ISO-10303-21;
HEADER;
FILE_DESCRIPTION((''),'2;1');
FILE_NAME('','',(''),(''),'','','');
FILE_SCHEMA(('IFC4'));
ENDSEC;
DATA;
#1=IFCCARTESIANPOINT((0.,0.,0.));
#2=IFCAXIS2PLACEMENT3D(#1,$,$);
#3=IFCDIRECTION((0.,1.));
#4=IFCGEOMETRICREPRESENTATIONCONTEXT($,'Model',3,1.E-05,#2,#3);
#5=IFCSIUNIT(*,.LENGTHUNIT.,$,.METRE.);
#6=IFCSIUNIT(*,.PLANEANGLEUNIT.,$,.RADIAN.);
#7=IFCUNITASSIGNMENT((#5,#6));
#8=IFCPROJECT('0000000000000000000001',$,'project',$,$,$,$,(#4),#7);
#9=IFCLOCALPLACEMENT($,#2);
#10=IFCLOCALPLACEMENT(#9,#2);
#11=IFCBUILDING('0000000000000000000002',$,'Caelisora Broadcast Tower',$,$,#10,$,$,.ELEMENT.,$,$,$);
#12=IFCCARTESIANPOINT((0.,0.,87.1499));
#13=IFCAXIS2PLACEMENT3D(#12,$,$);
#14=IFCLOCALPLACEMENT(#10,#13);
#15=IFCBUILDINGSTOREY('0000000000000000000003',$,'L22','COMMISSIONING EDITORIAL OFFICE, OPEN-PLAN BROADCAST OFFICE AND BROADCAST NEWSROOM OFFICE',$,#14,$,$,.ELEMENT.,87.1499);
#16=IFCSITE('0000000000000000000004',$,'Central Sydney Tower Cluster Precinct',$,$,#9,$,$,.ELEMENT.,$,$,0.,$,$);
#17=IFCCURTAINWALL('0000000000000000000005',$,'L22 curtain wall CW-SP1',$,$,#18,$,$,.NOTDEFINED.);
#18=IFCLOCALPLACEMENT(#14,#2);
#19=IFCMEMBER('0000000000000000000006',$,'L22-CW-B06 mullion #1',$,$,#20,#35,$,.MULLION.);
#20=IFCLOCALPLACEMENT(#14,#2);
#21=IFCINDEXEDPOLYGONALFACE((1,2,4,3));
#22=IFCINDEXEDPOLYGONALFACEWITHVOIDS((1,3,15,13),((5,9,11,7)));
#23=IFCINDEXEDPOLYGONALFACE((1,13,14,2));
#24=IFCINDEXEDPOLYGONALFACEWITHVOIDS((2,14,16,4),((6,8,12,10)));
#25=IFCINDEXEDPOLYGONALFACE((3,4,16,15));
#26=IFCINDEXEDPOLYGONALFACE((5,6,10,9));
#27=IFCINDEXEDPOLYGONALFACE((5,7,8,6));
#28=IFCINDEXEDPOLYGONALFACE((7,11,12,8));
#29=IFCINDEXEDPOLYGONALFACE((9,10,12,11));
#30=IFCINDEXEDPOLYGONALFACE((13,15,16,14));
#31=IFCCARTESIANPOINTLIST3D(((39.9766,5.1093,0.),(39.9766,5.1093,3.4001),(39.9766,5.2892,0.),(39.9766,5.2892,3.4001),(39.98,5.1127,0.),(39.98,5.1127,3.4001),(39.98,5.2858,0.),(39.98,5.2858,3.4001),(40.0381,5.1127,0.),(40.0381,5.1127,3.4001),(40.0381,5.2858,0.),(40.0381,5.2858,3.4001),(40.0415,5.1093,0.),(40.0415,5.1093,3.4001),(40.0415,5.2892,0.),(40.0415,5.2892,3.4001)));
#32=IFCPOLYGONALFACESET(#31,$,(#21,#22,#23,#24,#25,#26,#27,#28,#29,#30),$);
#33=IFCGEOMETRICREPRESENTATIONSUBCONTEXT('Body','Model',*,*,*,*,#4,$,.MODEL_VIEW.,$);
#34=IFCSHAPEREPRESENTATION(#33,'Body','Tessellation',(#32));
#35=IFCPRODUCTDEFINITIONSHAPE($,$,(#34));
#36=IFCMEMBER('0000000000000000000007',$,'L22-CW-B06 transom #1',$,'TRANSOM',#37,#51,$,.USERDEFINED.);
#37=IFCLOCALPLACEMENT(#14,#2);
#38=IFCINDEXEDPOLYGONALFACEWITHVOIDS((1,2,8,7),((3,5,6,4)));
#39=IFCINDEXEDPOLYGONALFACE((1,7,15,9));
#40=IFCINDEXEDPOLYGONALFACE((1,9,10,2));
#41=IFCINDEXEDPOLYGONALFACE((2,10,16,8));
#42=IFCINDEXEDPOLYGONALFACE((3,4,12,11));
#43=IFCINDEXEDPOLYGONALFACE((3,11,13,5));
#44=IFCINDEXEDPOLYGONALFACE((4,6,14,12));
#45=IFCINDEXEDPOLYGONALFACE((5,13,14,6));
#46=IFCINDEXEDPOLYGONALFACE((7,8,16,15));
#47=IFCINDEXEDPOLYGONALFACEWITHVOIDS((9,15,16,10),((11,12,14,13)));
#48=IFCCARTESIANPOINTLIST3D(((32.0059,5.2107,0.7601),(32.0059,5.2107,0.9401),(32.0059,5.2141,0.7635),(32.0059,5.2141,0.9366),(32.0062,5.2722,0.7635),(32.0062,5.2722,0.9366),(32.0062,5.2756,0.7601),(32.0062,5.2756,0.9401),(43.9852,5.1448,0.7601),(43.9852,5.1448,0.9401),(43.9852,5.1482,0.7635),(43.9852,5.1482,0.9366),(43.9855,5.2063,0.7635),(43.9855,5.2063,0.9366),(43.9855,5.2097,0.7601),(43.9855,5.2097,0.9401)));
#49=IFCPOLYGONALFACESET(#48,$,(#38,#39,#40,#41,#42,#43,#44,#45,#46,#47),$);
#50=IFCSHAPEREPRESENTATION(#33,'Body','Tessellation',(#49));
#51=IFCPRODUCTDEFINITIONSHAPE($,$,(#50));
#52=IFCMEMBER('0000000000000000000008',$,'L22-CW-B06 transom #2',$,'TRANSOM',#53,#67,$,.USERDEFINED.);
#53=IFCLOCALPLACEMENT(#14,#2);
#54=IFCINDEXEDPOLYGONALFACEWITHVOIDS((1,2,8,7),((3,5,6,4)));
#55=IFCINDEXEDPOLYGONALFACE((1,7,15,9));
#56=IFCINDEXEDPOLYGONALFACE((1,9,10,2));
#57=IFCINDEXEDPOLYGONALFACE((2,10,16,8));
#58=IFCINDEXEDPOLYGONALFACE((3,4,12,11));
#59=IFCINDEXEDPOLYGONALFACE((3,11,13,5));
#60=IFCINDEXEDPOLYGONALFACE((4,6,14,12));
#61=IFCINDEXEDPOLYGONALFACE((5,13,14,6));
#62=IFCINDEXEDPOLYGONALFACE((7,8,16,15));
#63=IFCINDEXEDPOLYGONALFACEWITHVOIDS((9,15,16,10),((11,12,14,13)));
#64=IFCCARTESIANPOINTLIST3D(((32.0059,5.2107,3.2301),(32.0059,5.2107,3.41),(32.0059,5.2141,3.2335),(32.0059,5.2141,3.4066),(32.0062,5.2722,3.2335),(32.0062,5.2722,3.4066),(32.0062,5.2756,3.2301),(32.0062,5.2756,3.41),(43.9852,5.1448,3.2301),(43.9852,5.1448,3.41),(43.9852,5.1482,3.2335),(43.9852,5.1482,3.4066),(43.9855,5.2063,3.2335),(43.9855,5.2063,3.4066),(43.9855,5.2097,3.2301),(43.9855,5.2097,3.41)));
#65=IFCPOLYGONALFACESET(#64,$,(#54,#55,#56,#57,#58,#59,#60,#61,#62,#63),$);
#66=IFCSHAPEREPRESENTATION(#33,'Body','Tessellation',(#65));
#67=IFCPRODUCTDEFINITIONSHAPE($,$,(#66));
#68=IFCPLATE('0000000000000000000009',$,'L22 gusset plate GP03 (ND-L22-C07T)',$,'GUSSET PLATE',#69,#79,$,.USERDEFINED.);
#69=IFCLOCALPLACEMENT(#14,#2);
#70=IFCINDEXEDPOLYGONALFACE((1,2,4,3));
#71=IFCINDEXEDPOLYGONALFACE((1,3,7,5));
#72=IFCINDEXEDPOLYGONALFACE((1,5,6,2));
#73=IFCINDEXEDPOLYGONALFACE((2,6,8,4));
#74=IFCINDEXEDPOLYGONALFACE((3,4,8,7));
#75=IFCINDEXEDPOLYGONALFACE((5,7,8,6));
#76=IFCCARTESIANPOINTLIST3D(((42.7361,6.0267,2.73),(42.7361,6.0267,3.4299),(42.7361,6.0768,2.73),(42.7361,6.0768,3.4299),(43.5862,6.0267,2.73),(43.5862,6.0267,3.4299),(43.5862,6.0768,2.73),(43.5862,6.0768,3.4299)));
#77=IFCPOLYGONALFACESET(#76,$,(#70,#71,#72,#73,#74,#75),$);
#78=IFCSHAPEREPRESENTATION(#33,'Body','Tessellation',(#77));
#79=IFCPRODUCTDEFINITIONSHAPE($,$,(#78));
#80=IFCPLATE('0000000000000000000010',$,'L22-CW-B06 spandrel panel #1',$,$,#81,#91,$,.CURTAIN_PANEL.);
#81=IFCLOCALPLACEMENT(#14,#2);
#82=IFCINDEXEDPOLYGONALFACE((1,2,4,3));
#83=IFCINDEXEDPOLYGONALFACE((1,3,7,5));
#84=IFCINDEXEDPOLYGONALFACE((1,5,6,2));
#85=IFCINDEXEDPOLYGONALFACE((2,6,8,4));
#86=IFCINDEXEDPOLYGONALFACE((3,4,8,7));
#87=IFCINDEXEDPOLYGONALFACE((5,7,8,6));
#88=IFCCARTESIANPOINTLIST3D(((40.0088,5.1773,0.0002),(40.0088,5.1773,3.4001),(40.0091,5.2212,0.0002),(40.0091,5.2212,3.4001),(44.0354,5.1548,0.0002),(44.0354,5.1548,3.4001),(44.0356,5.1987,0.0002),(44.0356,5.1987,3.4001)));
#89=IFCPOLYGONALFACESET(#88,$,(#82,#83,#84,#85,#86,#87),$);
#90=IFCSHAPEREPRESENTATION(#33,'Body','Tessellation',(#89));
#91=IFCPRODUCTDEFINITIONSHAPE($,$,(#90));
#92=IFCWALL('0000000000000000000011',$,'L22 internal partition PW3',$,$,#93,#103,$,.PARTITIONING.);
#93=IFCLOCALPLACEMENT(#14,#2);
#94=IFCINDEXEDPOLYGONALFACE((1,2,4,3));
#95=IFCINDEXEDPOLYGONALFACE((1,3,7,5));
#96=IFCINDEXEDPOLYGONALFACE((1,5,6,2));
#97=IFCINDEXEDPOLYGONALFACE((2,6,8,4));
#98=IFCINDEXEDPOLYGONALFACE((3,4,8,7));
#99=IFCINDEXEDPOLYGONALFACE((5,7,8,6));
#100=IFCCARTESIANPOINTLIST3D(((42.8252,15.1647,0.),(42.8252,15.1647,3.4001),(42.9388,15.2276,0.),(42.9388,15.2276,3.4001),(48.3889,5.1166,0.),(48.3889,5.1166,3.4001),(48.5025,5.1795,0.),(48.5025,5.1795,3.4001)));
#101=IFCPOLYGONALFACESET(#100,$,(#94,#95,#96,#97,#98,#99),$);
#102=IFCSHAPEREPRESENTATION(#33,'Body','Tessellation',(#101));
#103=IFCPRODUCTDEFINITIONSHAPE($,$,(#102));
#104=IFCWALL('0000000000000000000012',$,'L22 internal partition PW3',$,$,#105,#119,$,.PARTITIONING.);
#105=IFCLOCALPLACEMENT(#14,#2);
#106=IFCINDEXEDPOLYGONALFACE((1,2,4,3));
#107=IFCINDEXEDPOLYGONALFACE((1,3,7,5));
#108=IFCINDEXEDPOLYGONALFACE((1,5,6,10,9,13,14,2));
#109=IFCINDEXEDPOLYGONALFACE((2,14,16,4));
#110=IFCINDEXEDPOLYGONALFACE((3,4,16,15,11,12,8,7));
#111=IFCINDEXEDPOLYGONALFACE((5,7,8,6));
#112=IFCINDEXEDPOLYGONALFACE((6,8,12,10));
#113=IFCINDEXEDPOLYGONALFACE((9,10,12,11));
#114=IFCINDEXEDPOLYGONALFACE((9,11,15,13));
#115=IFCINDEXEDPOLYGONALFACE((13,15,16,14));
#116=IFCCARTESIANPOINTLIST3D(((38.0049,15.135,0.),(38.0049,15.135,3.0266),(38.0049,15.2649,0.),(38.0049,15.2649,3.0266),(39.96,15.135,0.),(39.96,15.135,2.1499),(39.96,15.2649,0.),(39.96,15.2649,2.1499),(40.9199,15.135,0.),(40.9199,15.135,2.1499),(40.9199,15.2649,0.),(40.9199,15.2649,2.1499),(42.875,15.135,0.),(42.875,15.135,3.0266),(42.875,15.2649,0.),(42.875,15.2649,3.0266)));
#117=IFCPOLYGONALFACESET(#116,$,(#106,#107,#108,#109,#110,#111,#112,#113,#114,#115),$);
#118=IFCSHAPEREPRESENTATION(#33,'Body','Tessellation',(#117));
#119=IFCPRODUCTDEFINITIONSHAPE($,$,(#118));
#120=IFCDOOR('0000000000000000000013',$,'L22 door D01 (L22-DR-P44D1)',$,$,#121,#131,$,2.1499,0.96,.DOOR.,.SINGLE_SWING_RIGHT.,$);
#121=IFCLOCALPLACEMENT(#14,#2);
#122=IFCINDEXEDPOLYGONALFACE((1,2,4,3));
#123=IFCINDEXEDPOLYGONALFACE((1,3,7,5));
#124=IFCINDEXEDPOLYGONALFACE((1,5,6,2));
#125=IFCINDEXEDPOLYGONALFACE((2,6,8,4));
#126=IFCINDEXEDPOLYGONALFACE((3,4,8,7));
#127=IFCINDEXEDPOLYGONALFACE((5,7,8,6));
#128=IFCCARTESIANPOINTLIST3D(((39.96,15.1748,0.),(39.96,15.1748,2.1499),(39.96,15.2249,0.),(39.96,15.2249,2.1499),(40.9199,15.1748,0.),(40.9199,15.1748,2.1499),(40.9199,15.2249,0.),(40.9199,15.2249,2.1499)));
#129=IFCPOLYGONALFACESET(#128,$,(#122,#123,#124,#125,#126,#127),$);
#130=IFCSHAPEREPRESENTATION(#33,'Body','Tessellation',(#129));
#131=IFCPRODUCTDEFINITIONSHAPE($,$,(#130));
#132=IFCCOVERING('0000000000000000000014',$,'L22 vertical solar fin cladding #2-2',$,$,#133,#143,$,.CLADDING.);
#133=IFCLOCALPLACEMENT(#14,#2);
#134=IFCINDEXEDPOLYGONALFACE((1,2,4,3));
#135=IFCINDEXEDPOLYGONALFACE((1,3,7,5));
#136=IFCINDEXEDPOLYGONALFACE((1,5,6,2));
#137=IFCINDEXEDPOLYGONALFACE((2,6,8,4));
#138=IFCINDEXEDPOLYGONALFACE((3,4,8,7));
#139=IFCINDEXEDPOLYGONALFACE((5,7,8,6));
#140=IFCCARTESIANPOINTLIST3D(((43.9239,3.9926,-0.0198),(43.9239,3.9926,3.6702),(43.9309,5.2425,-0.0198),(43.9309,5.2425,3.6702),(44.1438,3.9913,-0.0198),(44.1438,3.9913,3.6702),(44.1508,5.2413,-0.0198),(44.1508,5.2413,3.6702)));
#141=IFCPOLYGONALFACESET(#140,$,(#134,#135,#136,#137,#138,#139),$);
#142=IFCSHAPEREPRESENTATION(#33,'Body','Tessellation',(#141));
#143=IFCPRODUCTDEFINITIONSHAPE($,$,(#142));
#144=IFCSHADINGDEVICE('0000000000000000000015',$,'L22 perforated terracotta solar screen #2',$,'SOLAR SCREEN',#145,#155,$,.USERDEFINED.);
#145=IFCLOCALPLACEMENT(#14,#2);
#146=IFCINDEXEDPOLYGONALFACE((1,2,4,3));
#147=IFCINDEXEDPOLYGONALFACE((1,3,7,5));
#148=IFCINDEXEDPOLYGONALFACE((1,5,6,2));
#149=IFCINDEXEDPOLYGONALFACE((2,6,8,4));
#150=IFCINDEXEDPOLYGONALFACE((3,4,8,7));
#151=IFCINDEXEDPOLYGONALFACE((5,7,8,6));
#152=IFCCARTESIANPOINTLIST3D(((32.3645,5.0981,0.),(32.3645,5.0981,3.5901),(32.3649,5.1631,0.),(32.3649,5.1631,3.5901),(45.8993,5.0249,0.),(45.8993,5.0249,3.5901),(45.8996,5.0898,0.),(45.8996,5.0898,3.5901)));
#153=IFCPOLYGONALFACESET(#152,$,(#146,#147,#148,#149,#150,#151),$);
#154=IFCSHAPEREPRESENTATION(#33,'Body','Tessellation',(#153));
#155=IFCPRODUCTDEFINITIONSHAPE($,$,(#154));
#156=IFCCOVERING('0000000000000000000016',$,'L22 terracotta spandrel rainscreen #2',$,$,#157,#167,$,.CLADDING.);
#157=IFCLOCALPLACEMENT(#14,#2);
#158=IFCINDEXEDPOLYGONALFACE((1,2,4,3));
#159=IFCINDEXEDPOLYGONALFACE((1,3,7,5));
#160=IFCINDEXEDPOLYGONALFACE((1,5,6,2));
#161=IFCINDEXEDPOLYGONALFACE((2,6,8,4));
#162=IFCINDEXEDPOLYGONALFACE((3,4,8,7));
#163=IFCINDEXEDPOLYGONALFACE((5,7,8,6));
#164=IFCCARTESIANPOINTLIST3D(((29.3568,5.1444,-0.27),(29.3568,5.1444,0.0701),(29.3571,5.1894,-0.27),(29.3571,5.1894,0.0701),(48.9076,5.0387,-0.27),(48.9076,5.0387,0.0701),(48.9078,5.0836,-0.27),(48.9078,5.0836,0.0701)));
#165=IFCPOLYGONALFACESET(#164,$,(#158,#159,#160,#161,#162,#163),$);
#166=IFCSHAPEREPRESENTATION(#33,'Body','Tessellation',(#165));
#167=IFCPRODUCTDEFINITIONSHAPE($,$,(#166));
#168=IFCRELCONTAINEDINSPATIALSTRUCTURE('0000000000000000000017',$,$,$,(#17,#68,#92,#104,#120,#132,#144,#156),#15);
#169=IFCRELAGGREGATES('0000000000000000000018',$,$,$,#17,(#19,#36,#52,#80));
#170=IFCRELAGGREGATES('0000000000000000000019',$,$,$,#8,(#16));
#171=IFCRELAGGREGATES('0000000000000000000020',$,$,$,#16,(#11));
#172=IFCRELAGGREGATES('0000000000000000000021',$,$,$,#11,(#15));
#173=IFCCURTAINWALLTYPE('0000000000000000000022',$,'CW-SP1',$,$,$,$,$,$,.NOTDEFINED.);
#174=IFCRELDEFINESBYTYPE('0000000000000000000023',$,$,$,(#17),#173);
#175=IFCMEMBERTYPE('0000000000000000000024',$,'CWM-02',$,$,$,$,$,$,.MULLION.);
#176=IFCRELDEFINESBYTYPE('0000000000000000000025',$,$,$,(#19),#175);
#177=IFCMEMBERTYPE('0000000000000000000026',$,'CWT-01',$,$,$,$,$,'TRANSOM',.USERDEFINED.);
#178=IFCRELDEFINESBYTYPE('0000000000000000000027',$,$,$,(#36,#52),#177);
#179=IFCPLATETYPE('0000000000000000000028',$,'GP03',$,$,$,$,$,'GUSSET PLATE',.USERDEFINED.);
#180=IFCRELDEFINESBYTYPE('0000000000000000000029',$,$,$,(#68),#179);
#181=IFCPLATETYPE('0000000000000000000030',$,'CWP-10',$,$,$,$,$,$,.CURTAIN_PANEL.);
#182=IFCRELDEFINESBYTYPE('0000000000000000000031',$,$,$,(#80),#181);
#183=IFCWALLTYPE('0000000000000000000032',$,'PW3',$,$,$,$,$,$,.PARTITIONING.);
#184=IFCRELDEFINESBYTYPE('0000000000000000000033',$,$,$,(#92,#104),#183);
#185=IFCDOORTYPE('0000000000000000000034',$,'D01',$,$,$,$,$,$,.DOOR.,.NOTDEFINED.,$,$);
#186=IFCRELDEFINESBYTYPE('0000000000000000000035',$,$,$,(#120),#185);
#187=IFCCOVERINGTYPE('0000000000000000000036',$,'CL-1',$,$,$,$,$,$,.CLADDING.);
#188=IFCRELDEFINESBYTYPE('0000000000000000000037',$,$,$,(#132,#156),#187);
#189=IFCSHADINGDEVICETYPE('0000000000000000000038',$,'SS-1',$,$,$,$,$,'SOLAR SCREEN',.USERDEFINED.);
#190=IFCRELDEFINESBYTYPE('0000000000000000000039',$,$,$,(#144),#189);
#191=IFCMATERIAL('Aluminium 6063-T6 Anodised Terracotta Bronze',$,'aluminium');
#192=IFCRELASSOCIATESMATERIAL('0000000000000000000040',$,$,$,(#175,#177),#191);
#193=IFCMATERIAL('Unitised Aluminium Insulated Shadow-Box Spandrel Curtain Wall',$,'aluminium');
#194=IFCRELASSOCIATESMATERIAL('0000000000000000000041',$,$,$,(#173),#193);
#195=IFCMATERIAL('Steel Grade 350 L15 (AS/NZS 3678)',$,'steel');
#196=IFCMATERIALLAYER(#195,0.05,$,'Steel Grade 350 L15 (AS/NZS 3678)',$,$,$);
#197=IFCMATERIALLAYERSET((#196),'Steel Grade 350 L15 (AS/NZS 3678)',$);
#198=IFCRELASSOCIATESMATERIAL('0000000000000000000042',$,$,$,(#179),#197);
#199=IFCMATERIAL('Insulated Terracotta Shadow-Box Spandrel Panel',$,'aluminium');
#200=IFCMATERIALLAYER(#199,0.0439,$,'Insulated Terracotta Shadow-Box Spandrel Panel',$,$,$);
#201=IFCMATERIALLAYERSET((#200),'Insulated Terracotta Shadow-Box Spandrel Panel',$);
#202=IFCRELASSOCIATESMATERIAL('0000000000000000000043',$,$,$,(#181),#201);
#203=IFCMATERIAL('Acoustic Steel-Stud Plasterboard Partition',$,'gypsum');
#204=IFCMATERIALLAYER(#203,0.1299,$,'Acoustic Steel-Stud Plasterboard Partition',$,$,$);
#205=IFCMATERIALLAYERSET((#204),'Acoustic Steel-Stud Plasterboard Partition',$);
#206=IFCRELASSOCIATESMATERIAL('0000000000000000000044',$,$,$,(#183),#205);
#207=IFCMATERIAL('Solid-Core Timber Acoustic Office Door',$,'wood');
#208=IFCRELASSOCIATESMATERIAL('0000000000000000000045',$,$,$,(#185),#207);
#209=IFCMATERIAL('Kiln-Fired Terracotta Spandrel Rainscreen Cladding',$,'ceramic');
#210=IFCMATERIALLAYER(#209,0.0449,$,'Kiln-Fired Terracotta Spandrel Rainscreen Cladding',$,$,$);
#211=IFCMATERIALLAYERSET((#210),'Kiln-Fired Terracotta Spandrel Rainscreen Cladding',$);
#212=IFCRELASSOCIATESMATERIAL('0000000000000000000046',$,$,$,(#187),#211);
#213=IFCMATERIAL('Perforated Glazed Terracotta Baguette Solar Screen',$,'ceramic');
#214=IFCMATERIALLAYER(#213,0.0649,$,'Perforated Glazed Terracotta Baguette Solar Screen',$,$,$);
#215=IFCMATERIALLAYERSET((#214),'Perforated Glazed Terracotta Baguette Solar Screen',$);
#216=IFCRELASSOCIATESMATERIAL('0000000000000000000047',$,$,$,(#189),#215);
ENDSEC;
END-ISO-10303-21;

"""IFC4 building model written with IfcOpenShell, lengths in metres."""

from ifc_helpers import new_model, si_unit, direction, frame, frame_2d, origin, origin_2d, place, context, subcontext, project, spatial, rectangle, hollow_rectangle, extrude, source, transform, mapped, material, layer, layer_set, material_profile, profile_set, type_object, type_shapes, element, fill, aggregate, save


model = new_model("IFC4")

# Units and contexts
model_context = context("Model", 3, precision=1e-05, world=origin(), true_north=direction((0.0, 1.0)))
body_context = subcontext(model_context, "Body", "Model", "MODEL_VIEW")
ifc_project = project(units=[si_unit("LENGTHUNIT", "METRE"), si_unit("PLANEANGLEUNIT", "RADIAN")], contexts=[model_context])

# Site, building, storey
site_placement = place(None, origin())
site = spatial("IfcSite", under=ifc_project, at=site_placement, Name="Central Sydney Tower Cluster Precinct", CompositionType="ELEMENT", RefElevation=0.0)
building_placement = place(site_placement, origin())
building = spatial("IfcBuilding", under=site, at=building_placement, Name="Caelisora Broadcast Tower", CompositionType="ELEMENT")
storey_placement = place(building_placement, frame((0.0, 0.0, 87.1499)))
storey = spatial("IfcBuildingStorey", under=building, at=storey_placement, Name="L22", Description="COMMISSIONING EDITORIAL OFFICE, OPEN-PLAN BROADCAST OFFICE AND BROADCAST NEWSROOM OFFICE", CompositionType="ELEMENT", Elevation=87.1499)

# Shared definitions
ifc_material_1 = material(Name="Steel Grade 350 L15 (AS/NZS 3678)", Category="steel")

# Shared definitions
ifc_material_2 = material(Name="Aluminium 6063-T6 Anodised Terracotta Bronze", Category="aluminium")
ifc_material_profile_1 = material_profile(ifc_material_2, hollow_rectangle(XDim=0.0649, YDim=0.1799, WallThickness=0.0034, at=origin_2d()), Name="Aluminium 6063-T6 Anodised Terracotta Bronze")
ifc_profile_set_1 = profile_set([ifc_material_profile_1], Name="Aluminium 6063-T6 Anodised Terracotta Bronze")
member_type_1 = type_object("IfcMemberType", Name="CWM-02", PredefinedType="MULLION", material=ifc_profile_set_1)
shared_shape_1 = source(origin(), body_context, "Body", "SweptSolid", [
    extrude(hollow_rectangle(XDim=0.0649, YDim=0.1799, WallThickness=0.0034, at=origin_2d()), origin(), (0.0, 0.0, 1.0), 3.4001),
])
type_shapes(member_type_1, [shared_shape_1])

# Curtain wall, members
ifc_material_3 = material(Name="Unitised Aluminium Insulated Shadow-Box Spandrel Curtain Wall", Category="aluminium")
curtain_wall_type_1 = type_object("IfcCurtainWallType", Name="CW-SP1", PredefinedType="NOTDEFINED", material=ifc_material_3)
curtain_wall_1_placement = place(storey_placement, origin())
curtain_wall_1 = element("IfcCurtainWall", 1, at=curtain_wall_1_placement, inside=storey, type_object=curtain_wall_type_1, Name="L22 curtain wall CW-SP1", PredefinedType="NOTDEFINED")
member_1_placement = place(storey_placement, frame((40.009, 5.1992, 0.0), z_axis=(0.0, 0.0, 1.0), x_axis=(1.0, 0.0, 0.0)))
member_1 = element("IfcMember", 2, at=member_1_placement, type_object=member_type_1, Name="L22-CW-B06 mullion #1", PredefinedType="MULLION", context=body_context, shape_type="MappedRepresentation", body=[
    mapped(shared_shape_1, transform((0.0, 0.0, 0.0), scale=1.0)),
])
ifc_material_profile_2 = material_profile(ifc_material_2, hollow_rectangle(XDim=0.0649, YDim=0.1799, WallThickness=0.0034, at=origin_2d()), Name="Aluminium 6063-T6 Anodised Terracotta Bronze")
ifc_profile_set_2 = profile_set([ifc_material_profile_2], Name="Aluminium 6063-T6 Anodised Terracotta Bronze")
member_type_2 = type_object("IfcMemberType", Name="CWT-01", ElementType="TRANSOM", PredefinedType="USERDEFINED", material=ifc_profile_set_2)
shared_shape_2 = source(origin(), body_context, "Body", "SweptSolid", [
    extrude(hollow_rectangle(XDim=0.0649, YDim=0.1799, WallThickness=0.0034, at=origin_2d()), origin(), (0.0, 0.0, 1.0), 11.9795),
])
type_shapes(member_type_2, [shared_shape_2])
member_2_placement = place(storey_placement, frame((43.9854, 5.1772, 0.8501), z_axis=(-0.999985, 0.005503, 0.0), x_axis=(-0.005503, -0.999985, 0.0)))
member_2 = element("IfcMember", 3, at=member_2_placement, type_object=member_type_2, Name="L22-CW-B06 transom #1", ObjectType="TRANSOM", PredefinedType="USERDEFINED", context=body_context, shape_type="MappedRepresentation", body=[
    mapped(shared_shape_2, transform((0.0, 0.0, 0.0), scale=1.0)),
])
member_3_placement = place(storey_placement, frame((43.9854, 5.1772, 3.3201), z_axis=(-0.999985, 0.005503, 0.0), x_axis=(-0.005503, -0.999985, 0.0)))
member_3 = element("IfcMember", 4, at=member_3_placement, type_object=member_type_2, Name="L22-CW-B06 transom #2", ObjectType="TRANSOM", PredefinedType="USERDEFINED", context=body_context, shape_type="MappedRepresentation", body=[
    mapped(shared_shape_2, transform((0.0, 0.0, 0.0), scale=1.0)),
])

# Plates
ifc_layer_1 = layer(ifc_material_1, 0.05, Name="Steel Grade 350 L15 (AS/NZS 3678)")
ifc_layer_set_1 = layer_set([ifc_layer_1], Name="Steel Grade 350 L15 (AS/NZS 3678)")
plate_type_1 = type_object("IfcPlateType", Name="GP03", ElementType="GUSSET PLATE", PredefinedType="USERDEFINED", material=ifc_layer_set_1)
shared_shape_3 = source(origin(), body_context, "Body", "SweptSolid", [
    extrude(rectangle(XDim=0.8501, YDim=0.05, at=origin_2d()), origin(), (0.0, 0.0, 1.0), 0.7),
])
type_shapes(plate_type_1, [shared_shape_3])
plate_1_placement = place(storey_placement, frame((43.1611, 6.0518, 2.73), z_axis=(0.0, 0.0, 1.0), x_axis=(1.0, 0.0, 0.0)))
element("IfcPlate", 5, at=plate_1_placement, inside=storey, type_object=plate_type_1, Name="L22 gusset plate GP03 (ND-L22-C07T)", ObjectType="GUSSET PLATE", PredefinedType="USERDEFINED", context=body_context, shape_type="MappedRepresentation", body=[
    mapped(shared_shape_3, transform((0.0, 0.0, 0.0), scale=1.0)),
])
ifc_material_4 = material(Name="Insulated Terracotta Shadow-Box Spandrel Panel", Category="aluminium")
ifc_layer_2 = layer(ifc_material_4, 0.0439, Name="Insulated Terracotta Shadow-Box Spandrel Panel")
ifc_layer_set_2 = layer_set([ifc_layer_2], Name="Insulated Terracotta Shadow-Box Spandrel Panel")
plate_type_2 = type_object("IfcPlateType", Name="CWP-10", PredefinedType="CURTAIN_PANEL", material=ifc_layer_set_2)
shared_shape_4 = source(origin(), body_context, "Body", "SweptSolid", [
    extrude(rectangle(XDim=4.0266, YDim=0.0439, at=origin_2d()), origin(), (0.0, 0.0, 1.0), 3.3999),
])
type_shapes(plate_type_2, [shared_shape_4])
plate_2_placement = place(storey_placement, frame((42.0222, 5.188, 0.0002), z_axis=(0.0, 0.0, 1.0), x_axis=(-0.999984, 0.005585, 0.0)))
plate_2 = element("IfcPlate", 6, at=plate_2_placement, type_object=plate_type_2, Name="L22-CW-B06 spandrel panel #1", PredefinedType="CURTAIN_PANEL", context=body_context, shape_type="MappedRepresentation", body=[
    mapped(shared_shape_4, transform((0.0, 0.0, 0.0), scale=1.0)),
])
aggregate(curtain_wall_1, [member_1, member_2, member_3, plate_2])

# Wall
ifc_material_5 = material(Name="Acoustic Steel-Stud Plasterboard Partition", Category="gypsum")
ifc_layer_3 = layer(ifc_material_5, 0.1299, Name="Acoustic Steel-Stud Plasterboard Partition")
ifc_layer_set_3 = layer_set([ifc_layer_3], Name="Acoustic Steel-Stud Plasterboard Partition")
wall_type = type_object("IfcWallType", Name="PW3", PredefinedType="PARTITIONING", material=ifc_layer_set_3)
wall_1_placement = place(storey_placement, frame((42.8821, 15.196, 0.0), z_axis=(0.0, 0.0, 1.0), x_axis=(0.484408, -0.874842, 0.0)))
element("IfcWall", 7, at=wall_1_placement, inside=storey, type_object=wall_type, Name="L22 internal partition PW3", PredefinedType="PARTITIONING", context=body_context, shape_type="SweptSolid", body=[
    extrude(rectangle(XDim=11.4856, YDim=0.1299, at=frame_2d((5.7427, 0.0))), origin(), (0.0, 0.0, 1.0), 3.4001),
])

# Wall, opening, door
wall_2_placement = place(storey_placement, frame((38.0049, 15.2, 0.0), z_axis=(0.0, 0.0, 1.0), x_axis=(1.0, 0.0, 0.0)))
wall_2 = element("IfcWall", 8, at=wall_2_placement, inside=storey, type_object=wall_type, Name="L22 internal partition PW3", PredefinedType="PARTITIONING", context=body_context, shape_type="SweptSolid", body=[
    extrude(rectangle(XDim=4.8701, YDim=0.1299, at=frame_2d((2.4351, 0.0))), origin(), (0.0, 0.0, 1.0), 3.0266),
])
opening_placement = place(wall_2_placement, frame((1.9551, 0.0, 0.0)))
opening = element("IfcOpeningElement", 9, at=opening_placement, cuts=wall_2, PredefinedType="OPENING", context=body_context, shape_type="SweptSolid", body=[
    extrude(rectangle(XDim=0.96, YDim=2.1499, at=frame_2d((0.48, 1.075))), frame((0.0, 0.0769, 0.0), z_axis=(0.0, -1.0, 0.0), x_axis=(1.0, 0.0, 0.0)), (0.0, 0.0, 1.0), 0.1538),
])
ifc_material_6 = material(Name="Solid-Core Timber Acoustic Office Door", Category="wood")
door_type = type_object("IfcDoorType", Name="D01", OperationType="NOTDEFINED", PredefinedType="DOOR", material=ifc_material_6)
door_placement = place(opening_placement, origin())
door = element("IfcDoor", 10, at=door_placement, inside=storey, type_object=door_type, Name="L22 door D01 (L22-DR-P44D1)", OperationType="SINGLE_SWING_RIGHT", OverallHeight=2.1499, OverallWidth=0.96, PredefinedType="DOOR", context=body_context, shape_type="SweptSolid", body=[
    extrude(rectangle(XDim=0.96, YDim=2.1499, at=frame_2d((0.48, 1.075))), frame((0.0, 0.0249, 0.0), z_axis=(0.0, -1.0, 0.0), x_axis=(1.0, 0.0, 0.0)), (0.0, 0.0, 1.0), 0.05),
])
fill(opening, door)

# Covering
ifc_material_7 = material(Name="Kiln-Fired Terracotta Spandrel Rainscreen Cladding", Category="ceramic")
ifc_layer_4 = layer(ifc_material_7, 0.0449, Name="Kiln-Fired Terracotta Spandrel Rainscreen Cladding")
ifc_layer_set_4 = layer_set([ifc_layer_4], Name="Kiln-Fired Terracotta Spandrel Rainscreen Cladding")
covering_type = type_object("IfcCoveringType", Name="CL-1", PredefinedType="CLADDING", material=ifc_layer_set_4)
shared_shape_5 = source(origin(), body_context, "Body", "SweptSolid", [
    extrude(rectangle(XDim=0.22, YDim=1.25, at=origin_2d()), origin(), (0.0, 0.0, 1.0), 3.6899),
])
covering_1_placement = place(storey_placement, frame((44.0374, 4.6169, -0.0198), z_axis=(0.0, 0.0, 1.0), x_axis=(-0.999984, 0.005585, 0.0)))
element("IfcCovering", 11, at=covering_1_placement, inside=storey, type_object=covering_type, Name="L22 vertical solar fin cladding #2-2", PredefinedType="CLADDING", context=body_context, shape_type="MappedRepresentation", body=[
    mapped(shared_shape_5, transform((0.0, 0.0, 0.0), scale=1.0)),
])

# Shading device
ifc_material_8 = material(Name="Perforated Glazed Terracotta Baguette Solar Screen", Category="ceramic")
ifc_layer_5 = layer(ifc_material_8, 0.0649, Name="Perforated Glazed Terracotta Baguette Solar Screen")
ifc_layer_set_5 = layer_set([ifc_layer_5], Name="Perforated Glazed Terracotta Baguette Solar Screen")
shading_device_type = type_object("IfcShadingDeviceType", Name="SS-1", ElementType="SOLAR SCREEN", PredefinedType="USERDEFINED", material=ifc_layer_set_5)
shared_shape_6 = source(origin(), body_context, "Body", "SweptSolid", [
    extrude(rectangle(XDim=13.5349, YDim=0.0649, at=origin_2d()), origin(), (0.0, 0.0, 1.0), 3.5901),
])
type_shapes(shading_device_type, [shared_shape_6])
shading_device_placement = place(storey_placement, frame((39.1321, 5.094, 0.0), z_axis=(0.0, 0.0, 1.0), x_axis=(0.999985, -0.00541, 0.0)))
element("IfcShadingDevice", 12, at=shading_device_placement, inside=storey, type_object=shading_device_type, Name="L22 perforated terracotta solar screen #2", ObjectType="SOLAR SCREEN", PredefinedType="USERDEFINED", context=body_context, shape_type="MappedRepresentation", body=[
    mapped(shared_shape_6, transform((0.0, 0.0, 0.0), scale=1.0)),
])

# Covering
shared_shape_7 = source(origin(), body_context, "Body", "SweptSolid", [
    extrude(rectangle(XDim=19.551, YDim=0.0449, at=origin_2d()), origin(), (0.0, 0.0, 1.0), 0.3401),
])
type_shapes(covering_type, [shared_shape_5, shared_shape_7])
covering_2_placement = place(storey_placement, frame((39.1323, 5.114, -0.27), z_axis=(0.0, 0.0, 1.0), x_axis=(0.999985, -0.00541, 0.0)))
element("IfcCovering", 13, at=covering_2_placement, inside=storey, type_object=covering_type, Name="L22 terracotta spandrel rainscreen #2", PredefinedType="CLADDING", context=body_context, shape_type="MappedRepresentation", body=[
    mapped(shared_shape_7, transform((0.0, 0.0, 0.0), scale=1.0)),
])

save(model, "model.ifc")
